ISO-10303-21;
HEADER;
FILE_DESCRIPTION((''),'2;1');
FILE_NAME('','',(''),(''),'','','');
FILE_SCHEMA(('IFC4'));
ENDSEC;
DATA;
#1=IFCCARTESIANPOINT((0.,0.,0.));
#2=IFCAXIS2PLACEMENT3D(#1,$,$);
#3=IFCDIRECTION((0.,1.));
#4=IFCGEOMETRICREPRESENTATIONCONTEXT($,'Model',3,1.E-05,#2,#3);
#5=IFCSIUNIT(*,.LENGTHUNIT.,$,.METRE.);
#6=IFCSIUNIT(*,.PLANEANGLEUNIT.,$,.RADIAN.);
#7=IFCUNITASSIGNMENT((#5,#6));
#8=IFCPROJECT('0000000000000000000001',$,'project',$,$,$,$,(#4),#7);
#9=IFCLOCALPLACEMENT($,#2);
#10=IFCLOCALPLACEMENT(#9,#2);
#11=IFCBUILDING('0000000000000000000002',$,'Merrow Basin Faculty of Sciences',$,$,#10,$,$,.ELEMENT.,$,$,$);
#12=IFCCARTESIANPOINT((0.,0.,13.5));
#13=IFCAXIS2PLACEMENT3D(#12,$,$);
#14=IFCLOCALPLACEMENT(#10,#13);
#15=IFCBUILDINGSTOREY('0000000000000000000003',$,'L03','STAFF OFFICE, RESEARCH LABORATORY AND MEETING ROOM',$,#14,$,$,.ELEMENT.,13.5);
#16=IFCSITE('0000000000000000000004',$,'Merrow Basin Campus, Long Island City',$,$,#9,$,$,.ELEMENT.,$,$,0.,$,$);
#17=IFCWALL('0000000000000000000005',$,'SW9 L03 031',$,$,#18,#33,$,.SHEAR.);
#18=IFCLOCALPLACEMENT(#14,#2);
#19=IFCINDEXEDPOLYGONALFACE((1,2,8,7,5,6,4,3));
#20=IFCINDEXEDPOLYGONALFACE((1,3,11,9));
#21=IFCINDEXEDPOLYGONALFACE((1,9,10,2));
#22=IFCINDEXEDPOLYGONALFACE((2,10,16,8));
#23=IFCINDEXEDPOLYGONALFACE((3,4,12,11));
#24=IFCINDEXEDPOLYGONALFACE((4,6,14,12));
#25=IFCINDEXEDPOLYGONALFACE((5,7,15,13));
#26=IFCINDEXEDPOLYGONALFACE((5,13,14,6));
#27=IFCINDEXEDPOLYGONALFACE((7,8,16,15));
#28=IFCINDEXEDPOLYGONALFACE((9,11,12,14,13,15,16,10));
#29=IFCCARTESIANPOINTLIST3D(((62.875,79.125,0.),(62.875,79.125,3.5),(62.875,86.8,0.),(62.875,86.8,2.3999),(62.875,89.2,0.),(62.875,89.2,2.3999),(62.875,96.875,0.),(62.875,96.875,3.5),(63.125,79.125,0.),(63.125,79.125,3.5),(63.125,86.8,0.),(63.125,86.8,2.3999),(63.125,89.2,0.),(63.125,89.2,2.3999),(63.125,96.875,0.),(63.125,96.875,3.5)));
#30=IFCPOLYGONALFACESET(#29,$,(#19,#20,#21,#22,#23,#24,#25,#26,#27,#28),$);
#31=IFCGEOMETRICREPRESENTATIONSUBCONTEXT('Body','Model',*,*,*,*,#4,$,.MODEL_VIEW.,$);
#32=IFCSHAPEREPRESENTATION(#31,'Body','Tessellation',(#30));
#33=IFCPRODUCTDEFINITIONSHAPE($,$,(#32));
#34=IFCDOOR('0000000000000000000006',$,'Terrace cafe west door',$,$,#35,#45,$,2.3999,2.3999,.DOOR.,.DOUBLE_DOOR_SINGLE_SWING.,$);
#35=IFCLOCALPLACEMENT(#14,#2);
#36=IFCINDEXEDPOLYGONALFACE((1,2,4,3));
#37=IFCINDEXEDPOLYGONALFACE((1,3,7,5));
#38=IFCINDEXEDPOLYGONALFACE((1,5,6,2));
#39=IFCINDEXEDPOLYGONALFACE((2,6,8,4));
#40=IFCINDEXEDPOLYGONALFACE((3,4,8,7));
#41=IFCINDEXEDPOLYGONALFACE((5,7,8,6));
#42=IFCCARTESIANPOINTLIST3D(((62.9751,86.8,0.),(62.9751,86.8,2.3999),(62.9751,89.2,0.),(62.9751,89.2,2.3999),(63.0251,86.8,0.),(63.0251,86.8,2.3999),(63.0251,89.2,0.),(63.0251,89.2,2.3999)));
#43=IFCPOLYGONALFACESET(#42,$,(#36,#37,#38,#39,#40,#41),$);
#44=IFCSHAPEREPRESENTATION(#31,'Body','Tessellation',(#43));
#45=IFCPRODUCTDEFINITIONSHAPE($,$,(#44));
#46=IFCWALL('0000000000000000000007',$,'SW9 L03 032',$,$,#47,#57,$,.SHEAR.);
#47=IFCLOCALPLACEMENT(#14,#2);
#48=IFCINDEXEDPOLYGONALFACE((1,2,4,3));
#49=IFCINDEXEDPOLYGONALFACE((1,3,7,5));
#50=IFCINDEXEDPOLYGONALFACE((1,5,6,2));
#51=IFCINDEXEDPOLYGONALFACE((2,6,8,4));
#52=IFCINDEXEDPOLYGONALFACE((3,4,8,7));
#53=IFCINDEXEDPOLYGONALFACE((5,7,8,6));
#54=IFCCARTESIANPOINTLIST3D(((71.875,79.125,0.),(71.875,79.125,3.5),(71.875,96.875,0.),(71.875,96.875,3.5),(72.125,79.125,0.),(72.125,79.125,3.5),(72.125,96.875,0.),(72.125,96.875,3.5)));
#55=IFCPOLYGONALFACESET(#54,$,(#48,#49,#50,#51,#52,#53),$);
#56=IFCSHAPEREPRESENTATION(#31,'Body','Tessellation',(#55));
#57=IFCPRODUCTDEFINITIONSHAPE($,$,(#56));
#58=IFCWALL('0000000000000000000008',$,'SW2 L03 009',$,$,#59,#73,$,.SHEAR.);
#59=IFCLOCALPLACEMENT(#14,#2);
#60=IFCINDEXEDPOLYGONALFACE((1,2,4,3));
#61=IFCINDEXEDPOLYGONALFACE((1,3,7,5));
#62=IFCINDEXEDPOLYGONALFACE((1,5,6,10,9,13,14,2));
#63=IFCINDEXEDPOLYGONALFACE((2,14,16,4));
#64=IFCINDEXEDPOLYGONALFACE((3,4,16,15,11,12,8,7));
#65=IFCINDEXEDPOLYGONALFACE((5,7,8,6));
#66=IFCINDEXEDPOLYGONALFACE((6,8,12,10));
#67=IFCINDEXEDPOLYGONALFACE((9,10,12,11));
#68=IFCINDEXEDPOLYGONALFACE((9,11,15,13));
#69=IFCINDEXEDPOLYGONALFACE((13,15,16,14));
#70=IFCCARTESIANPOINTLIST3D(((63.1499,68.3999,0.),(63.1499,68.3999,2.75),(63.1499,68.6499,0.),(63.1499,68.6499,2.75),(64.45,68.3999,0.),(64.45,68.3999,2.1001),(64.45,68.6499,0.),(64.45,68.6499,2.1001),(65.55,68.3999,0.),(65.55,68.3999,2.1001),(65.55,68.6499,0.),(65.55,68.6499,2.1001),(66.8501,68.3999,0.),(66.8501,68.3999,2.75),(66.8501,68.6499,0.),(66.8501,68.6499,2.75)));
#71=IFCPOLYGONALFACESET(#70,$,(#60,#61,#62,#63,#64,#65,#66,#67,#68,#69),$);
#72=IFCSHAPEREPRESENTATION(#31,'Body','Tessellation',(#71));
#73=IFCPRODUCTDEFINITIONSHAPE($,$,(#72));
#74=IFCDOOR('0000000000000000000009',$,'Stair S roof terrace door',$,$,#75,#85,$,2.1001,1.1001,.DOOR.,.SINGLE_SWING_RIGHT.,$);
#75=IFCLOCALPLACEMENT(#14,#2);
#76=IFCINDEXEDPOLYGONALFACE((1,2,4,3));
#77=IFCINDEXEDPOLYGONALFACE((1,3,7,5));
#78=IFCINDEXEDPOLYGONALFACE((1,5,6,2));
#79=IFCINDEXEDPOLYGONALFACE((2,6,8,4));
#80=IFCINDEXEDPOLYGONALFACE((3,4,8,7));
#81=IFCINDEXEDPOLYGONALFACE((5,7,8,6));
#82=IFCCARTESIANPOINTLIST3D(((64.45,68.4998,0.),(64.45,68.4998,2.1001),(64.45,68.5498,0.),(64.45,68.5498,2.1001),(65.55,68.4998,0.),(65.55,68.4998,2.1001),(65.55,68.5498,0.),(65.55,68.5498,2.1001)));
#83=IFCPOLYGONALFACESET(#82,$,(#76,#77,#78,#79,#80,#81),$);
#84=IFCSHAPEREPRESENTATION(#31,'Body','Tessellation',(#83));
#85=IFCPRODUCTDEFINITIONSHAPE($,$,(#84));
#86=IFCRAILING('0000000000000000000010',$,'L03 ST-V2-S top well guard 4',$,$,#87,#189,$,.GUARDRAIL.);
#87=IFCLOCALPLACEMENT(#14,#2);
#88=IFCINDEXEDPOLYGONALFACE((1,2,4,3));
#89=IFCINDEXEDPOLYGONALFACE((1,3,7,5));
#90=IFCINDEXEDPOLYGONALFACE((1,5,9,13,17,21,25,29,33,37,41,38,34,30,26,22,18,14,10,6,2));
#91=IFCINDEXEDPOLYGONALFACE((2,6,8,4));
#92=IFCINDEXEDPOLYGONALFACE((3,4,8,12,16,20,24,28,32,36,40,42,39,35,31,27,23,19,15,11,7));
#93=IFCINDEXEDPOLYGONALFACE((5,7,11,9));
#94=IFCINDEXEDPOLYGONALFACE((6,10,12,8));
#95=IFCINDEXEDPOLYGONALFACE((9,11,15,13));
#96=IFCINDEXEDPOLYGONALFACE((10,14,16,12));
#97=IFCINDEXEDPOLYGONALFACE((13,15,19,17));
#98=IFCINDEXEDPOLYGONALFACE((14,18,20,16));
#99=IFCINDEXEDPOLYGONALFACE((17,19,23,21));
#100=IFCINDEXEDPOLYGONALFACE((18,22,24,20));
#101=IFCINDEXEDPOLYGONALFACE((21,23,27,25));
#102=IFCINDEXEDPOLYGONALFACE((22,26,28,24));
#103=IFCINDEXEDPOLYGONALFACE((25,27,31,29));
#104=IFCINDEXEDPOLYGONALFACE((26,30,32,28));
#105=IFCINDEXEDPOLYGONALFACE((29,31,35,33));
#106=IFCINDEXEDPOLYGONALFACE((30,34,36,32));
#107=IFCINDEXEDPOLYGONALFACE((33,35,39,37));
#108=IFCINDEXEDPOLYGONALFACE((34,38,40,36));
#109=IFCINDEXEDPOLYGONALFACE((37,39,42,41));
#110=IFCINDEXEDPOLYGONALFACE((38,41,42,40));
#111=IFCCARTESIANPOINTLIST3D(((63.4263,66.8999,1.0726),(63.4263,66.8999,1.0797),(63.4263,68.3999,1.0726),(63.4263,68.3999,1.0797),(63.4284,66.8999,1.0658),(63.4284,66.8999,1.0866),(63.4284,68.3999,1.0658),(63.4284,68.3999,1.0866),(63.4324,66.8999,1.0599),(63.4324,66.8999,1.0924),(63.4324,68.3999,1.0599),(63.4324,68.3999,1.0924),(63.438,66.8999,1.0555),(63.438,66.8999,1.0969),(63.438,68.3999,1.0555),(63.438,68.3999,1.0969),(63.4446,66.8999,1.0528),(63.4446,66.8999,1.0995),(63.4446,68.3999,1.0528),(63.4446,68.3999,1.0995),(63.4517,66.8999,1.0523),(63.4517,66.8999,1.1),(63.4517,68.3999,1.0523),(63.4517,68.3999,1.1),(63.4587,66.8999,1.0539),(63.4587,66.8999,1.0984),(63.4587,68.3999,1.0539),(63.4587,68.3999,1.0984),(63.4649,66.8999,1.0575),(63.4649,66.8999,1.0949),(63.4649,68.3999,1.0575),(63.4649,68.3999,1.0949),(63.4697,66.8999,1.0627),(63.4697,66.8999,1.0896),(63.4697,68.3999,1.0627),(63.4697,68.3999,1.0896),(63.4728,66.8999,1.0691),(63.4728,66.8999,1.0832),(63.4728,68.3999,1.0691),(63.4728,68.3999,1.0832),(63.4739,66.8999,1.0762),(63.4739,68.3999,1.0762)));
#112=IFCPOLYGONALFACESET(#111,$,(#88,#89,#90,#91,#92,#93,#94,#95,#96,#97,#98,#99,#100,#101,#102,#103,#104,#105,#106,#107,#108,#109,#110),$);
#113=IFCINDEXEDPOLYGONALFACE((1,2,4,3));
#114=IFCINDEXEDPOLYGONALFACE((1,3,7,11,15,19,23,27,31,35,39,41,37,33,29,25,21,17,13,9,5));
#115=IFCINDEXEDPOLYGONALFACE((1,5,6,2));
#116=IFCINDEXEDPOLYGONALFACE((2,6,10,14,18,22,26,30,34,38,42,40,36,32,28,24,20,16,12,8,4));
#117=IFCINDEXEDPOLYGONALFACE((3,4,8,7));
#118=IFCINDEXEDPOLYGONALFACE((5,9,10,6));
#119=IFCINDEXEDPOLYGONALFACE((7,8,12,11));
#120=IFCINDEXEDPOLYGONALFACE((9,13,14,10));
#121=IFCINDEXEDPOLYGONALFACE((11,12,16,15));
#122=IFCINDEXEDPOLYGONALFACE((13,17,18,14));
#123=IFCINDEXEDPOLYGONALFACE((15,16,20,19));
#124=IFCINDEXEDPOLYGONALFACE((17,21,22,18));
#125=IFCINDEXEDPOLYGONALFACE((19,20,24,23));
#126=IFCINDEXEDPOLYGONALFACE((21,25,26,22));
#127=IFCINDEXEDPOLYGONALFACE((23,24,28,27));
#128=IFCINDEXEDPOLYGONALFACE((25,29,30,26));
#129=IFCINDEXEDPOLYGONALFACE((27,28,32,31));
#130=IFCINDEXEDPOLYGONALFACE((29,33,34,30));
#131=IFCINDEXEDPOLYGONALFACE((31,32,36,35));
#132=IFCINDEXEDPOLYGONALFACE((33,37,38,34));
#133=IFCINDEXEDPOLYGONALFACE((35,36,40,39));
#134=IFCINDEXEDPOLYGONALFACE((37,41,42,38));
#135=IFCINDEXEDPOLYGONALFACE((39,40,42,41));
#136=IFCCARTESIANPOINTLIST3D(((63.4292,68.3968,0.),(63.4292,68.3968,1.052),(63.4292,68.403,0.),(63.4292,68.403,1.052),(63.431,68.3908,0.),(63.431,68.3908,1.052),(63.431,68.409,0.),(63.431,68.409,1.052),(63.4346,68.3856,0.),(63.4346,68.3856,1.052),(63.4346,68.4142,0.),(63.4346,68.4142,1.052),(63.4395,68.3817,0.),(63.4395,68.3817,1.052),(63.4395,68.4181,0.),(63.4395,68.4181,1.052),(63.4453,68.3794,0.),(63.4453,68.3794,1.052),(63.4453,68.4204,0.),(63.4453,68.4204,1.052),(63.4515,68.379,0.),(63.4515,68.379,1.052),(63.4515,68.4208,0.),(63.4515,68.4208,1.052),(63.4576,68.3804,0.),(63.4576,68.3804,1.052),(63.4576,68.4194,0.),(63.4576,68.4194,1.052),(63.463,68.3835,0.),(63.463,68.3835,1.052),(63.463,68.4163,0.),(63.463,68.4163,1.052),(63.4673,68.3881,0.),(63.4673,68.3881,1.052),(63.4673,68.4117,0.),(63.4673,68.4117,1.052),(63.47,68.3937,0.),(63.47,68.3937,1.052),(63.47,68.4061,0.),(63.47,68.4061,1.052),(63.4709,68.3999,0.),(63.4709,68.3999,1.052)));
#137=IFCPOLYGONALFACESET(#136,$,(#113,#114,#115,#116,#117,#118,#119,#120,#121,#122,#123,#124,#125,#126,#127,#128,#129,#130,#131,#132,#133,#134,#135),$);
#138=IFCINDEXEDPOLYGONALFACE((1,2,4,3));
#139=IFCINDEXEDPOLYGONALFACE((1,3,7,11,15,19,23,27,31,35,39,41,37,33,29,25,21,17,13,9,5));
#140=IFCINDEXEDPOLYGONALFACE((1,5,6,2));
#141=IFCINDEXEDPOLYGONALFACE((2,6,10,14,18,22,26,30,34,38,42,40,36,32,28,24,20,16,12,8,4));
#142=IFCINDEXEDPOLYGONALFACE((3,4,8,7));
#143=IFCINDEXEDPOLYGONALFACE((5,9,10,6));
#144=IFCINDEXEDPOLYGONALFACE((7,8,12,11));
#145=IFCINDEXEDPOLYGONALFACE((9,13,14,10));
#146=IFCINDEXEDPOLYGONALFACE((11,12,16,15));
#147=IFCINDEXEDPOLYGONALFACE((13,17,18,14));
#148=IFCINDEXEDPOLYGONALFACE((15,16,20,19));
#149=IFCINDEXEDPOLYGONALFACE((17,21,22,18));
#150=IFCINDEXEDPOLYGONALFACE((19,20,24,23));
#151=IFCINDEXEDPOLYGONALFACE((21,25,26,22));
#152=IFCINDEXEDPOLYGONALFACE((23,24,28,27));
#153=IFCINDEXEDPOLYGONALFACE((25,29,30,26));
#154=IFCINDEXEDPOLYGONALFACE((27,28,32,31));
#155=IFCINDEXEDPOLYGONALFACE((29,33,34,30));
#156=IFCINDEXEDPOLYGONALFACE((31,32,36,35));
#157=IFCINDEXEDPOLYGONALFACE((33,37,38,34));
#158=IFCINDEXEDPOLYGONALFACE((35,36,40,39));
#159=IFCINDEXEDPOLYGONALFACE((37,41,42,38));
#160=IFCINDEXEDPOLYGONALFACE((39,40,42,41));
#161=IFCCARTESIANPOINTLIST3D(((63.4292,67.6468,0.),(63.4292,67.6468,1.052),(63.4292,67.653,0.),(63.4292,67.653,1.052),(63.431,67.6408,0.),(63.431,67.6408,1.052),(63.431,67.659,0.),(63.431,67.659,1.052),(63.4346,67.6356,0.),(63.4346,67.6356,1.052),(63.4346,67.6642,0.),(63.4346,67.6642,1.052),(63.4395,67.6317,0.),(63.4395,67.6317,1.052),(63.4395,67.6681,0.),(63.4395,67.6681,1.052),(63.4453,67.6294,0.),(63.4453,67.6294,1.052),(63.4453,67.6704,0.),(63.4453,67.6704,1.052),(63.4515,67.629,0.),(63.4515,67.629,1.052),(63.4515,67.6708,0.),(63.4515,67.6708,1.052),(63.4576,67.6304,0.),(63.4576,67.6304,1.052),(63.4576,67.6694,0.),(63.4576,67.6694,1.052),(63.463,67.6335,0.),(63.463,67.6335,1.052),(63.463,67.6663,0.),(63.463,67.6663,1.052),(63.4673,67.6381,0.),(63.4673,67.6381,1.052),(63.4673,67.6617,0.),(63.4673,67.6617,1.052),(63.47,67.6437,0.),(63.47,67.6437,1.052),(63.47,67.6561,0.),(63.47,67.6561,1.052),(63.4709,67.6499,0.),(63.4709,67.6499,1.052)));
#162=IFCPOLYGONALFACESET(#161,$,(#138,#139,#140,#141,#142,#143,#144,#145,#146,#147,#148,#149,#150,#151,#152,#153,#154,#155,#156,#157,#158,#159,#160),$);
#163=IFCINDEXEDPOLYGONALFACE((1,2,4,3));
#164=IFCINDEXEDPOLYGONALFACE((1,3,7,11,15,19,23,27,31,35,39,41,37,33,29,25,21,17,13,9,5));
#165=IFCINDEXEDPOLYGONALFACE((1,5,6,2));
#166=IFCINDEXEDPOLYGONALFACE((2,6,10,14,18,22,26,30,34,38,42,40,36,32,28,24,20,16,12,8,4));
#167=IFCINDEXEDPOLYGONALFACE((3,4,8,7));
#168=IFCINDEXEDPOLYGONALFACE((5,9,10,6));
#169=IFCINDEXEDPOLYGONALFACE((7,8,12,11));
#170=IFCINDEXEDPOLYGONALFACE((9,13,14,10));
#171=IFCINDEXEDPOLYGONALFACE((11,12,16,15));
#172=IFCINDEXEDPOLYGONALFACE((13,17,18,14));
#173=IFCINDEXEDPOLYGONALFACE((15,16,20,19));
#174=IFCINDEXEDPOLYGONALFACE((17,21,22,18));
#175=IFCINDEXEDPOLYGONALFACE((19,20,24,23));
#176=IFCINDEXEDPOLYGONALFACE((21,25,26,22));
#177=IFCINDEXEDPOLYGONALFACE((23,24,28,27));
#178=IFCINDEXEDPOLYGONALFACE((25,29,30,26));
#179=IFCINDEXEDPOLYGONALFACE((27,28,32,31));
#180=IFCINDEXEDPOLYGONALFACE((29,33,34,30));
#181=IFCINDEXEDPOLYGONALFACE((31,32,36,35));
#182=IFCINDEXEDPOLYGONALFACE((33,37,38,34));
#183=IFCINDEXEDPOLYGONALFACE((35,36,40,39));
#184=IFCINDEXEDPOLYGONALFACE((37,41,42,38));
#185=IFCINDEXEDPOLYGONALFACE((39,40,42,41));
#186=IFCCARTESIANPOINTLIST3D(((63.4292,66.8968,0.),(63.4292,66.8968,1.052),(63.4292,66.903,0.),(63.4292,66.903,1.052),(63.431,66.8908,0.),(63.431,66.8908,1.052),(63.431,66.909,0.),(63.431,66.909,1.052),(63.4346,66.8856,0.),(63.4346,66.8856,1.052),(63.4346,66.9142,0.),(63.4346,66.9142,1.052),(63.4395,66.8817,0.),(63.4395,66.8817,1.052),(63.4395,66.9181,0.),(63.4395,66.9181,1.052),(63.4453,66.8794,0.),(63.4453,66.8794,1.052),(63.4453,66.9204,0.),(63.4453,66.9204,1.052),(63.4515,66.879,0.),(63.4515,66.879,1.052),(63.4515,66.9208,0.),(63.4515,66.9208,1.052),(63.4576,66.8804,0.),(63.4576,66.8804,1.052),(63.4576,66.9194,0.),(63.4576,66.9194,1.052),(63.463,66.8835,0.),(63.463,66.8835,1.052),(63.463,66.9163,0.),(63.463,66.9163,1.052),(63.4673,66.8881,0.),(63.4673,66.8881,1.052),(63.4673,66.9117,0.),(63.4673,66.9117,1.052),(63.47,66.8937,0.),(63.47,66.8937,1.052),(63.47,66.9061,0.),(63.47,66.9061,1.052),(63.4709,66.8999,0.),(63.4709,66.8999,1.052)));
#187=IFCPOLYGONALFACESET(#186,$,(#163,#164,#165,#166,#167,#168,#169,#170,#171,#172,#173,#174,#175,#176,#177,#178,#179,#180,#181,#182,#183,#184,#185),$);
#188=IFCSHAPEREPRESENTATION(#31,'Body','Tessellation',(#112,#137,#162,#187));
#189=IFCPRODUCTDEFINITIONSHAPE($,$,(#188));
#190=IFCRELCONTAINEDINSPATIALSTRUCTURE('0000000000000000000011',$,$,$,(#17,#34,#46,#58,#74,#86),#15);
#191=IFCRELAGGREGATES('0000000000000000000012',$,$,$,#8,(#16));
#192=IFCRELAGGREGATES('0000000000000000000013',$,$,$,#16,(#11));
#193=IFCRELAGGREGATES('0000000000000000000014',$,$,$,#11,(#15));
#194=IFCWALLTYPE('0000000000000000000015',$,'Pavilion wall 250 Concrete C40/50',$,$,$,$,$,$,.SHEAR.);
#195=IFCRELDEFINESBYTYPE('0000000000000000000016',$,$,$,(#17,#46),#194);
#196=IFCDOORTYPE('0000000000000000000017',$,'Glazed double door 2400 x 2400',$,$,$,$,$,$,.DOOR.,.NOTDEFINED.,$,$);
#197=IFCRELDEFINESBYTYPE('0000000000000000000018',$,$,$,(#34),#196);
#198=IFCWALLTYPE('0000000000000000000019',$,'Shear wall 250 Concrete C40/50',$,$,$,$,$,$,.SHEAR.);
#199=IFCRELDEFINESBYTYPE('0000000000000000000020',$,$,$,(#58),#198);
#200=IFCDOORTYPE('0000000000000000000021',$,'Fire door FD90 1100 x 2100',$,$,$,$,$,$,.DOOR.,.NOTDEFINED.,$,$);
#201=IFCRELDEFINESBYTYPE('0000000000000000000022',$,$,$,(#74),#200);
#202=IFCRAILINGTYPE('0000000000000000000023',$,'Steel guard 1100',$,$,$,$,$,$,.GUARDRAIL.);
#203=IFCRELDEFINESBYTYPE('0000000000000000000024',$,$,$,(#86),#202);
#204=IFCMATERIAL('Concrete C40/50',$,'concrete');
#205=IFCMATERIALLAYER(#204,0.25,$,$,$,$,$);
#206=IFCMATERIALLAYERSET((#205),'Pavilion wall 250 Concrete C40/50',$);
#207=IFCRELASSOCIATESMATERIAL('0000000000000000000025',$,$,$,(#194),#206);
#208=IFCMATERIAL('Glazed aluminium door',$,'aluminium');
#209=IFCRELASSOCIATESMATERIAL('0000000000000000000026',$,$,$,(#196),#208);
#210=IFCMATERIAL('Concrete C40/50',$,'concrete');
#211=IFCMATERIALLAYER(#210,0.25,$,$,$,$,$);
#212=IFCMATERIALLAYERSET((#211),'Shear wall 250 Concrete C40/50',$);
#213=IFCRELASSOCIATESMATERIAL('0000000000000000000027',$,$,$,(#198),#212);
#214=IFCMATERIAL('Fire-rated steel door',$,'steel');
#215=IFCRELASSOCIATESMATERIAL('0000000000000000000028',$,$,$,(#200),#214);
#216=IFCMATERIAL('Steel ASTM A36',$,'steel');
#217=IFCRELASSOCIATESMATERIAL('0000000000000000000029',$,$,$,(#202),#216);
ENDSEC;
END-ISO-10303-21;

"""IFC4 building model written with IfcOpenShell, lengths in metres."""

from ifc_helpers import new_model, si_unit, direction, frame, frame_2d, origin, origin_2d, place, context, subcontext, project, spatial, rectangle, circle, extrude, material, layer, layer_set, type_object, element, fill, save


model = new_model("IFC4")

# Units and contexts
model_context = context("Model", 3, precision=1e-05, world=origin(), true_north=direction((0.0, 1.0)))
body_context = subcontext(model_context, "Body", "Model", "MODEL_VIEW")
ifc_project = project(units=[si_unit("LENGTHUNIT", "METRE"), si_unit("PLANEANGLEUNIT", "RADIAN")], contexts=[model_context])

# Site, building, storey
site_placement = place(None, origin())
site = spatial("IfcSite", under=ifc_project, at=site_placement, Name="Merrow Basin Campus, Long Island City", CompositionType="ELEMENT", RefElevation=0.0)
building_placement = place(site_placement, origin())
building = spatial("IfcBuilding", under=site, at=building_placement, Name="Merrow Basin Faculty of Sciences", CompositionType="ELEMENT")
storey_placement = place(building_placement, frame((0.0, 0.0, 13.5)))
storey = spatial("IfcBuildingStorey", under=building, at=storey_placement, Name="L03", Description="STAFF OFFICE, RESEARCH LABORATORY AND MEETING ROOM", CompositionType="ELEMENT", Elevation=13.5)

# Wall, opening, door
ifc_material_1 = material(Name="Concrete C40/50", Category="concrete")
ifc_layer_1 = layer(ifc_material_1, 0.25)
ifc_layer_set_1 = layer_set([ifc_layer_1], Name="Pavilion wall 250 Concrete C40/50")
wall_type_1 = type_object("IfcWallType", Name="Pavilion wall 250 Concrete C40/50", PredefinedType="SHEAR", material=ifc_layer_set_1)
ifc_material_2 = material(Name="Glazed aluminium door", Category="aluminium")
door_type_1 = type_object("IfcDoorType", Name="Glazed double door 2400 x 2400", OperationType="NOTDEFINED", PredefinedType="DOOR", material=ifc_material_2)
wall_1_placement = place(storey_placement, frame((63.0, 79.125, 0.0), z_axis=(0.0, 0.0, 1.0), x_axis=(0.0, 1.0, 0.0)))
wall_1 = element("IfcWall", 1, at=wall_1_placement, inside=storey, type_object=wall_type_1, Name="SW9 L03 031", PredefinedType="SHEAR", context=body_context, shape_type="SweptSolid", body=[
    extrude(rectangle(XDim=17.75, YDim=0.25, at=frame_2d((8.875, 0.0))), origin(), (0.0, 0.0, 1.0), 3.5),
])
opening_1_placement = place(wall_1_placement, frame((7.675, 0.0, 0.0)))
opening_1 = element("IfcOpeningElement", 2, at=opening_1_placement, cuts=wall_1, PredefinedType="OPENING", context=body_context, shape_type="SweptSolid", body=[
    extrude(rectangle(XDim=2.3999, YDim=2.3999, at=frame_2d((1.2, 1.2))), frame((0.0, 0.135, 0.0), z_axis=(0.0, -1.0, 0.0), x_axis=(1.0, 0.0, 0.0)), (0.0, 0.0, 1.0), 0.27),
])
door_1_placement = place(opening_1_placement, origin())
door_1 = element("IfcDoor", 3, at=door_1_placement, inside=storey, type_object=door_type_1, Name="Terrace cafe west door", OperationType="DOUBLE_DOOR_SINGLE_SWING", OverallHeight=2.3999, OverallWidth=2.3999, PredefinedType="DOOR", context=body_context, shape_type="SweptSolid", body=[
    extrude(rectangle(XDim=2.3999, YDim=2.3999, at=frame_2d((1.2, 1.2))), frame((0.0, 0.0249, 0.0), z_axis=(0.0, -1.0, 0.0), x_axis=(1.0, 0.0, 0.0)), (0.0, 0.0, 1.0), 0.05),
])
fill(opening_1, door_1)

# Wall
wall_2_placement = place(storey_placement, frame((72.0, 79.125, 0.0), z_axis=(0.0, 0.0, 1.0), x_axis=(0.0, 1.0, 0.0)))
element("IfcWall", 4, at=wall_2_placement, inside=storey, type_object=wall_type_1, Name="SW9 L03 032", PredefinedType="SHEAR", context=body_context, shape_type="SweptSolid", body=[
    extrude(rectangle(XDim=17.75, YDim=0.25, at=frame_2d((8.875, 0.0))), origin(), (0.0, 0.0, 1.0), 3.5),
])

# Wall, opening, door
ifc_material_3 = material(Name="Concrete C40/50", Category="concrete")
ifc_layer_2 = layer(ifc_material_3, 0.25)
ifc_layer_set_2 = layer_set([ifc_layer_2], Name="Shear wall 250 Concrete C40/50")
wall_type_2 = type_object("IfcWallType", Name="Shear wall 250 Concrete C40/50", PredefinedType="SHEAR", material=ifc_layer_set_2)
wall_3_placement = place(storey_placement, frame((63.1499, 68.5249, 0.0), z_axis=(0.0, 0.0, 1.0), x_axis=(1.0, 0.0, 0.0)))
wall_3 = element("IfcWall", 5, at=wall_3_placement, inside=storey, type_object=wall_type_2, Name="SW2 L03 009", PredefinedType="SHEAR", context=body_context, shape_type="SweptSolid", body=[
    extrude(rectangle(XDim=3.7002, YDim=0.25, at=frame_2d((1.8501, 0.0))), origin(), (0.0, 0.0, 1.0), 2.75),
])
opening_2_placement = place(wall_3_placement, frame((1.3, 0.0, 0.0)))
opening_2 = element("IfcOpeningElement", 6, at=opening_2_placement, cuts=wall_3, PredefinedType="OPENING", context=body_context, shape_type="SweptSolid", body=[
    extrude(rectangle(XDim=1.1001, YDim=2.1001, at=frame_2d((0.55, 1.05))), frame((0.0, 0.135, 0.0), z_axis=(0.0, -1.0, 0.0), x_axis=(1.0, 0.0, 0.0)), (0.0, 0.0, 1.0), 0.27),
])
ifc_material_4 = material(Name="Fire-rated steel door", Category="steel")
door_type_2 = type_object("IfcDoorType", Name="Fire door FD90 1100 x 2100", OperationType="NOTDEFINED", PredefinedType="DOOR", material=ifc_material_4)
door_2_placement = place(opening_2_placement, origin())
door_2 = element("IfcDoor", 7, at=door_2_placement, inside=storey, type_object=door_type_2, Name="Stair S roof terrace door", OperationType="SINGLE_SWING_RIGHT", OverallHeight=2.1001, OverallWidth=1.1001, PredefinedType="DOOR", context=body_context, shape_type="SweptSolid", body=[
    extrude(rectangle(XDim=1.1001, YDim=2.1001, at=frame_2d((0.55, 1.05))), frame((0.0, 0.0249, 0.0), z_axis=(0.0, -1.0, 0.0), x_axis=(1.0, 0.0, 0.0)), (0.0, 0.0, 1.0), 0.05),
])
fill(opening_2, door_2)

# Railing
ifc_material_5 = material(Name="Steel ASTM A36", Category="steel")
railing_type = type_object("IfcRailingType", Name="Steel guard 1100", PredefinedType="GUARDRAIL", material=ifc_material_5)
railing_placement = place(storey_placement, frame((63.45, 68.3999, 0.0)))
element("IfcRailing", 8, at=railing_placement, inside=storey, type_object=railing_type, Name="L03 ST-V2-S top well guard 4", PredefinedType="GUARDRAIL", context=body_context, shape_type="SweptSolid", body=[
    extrude(circle(Radius=0.0239, at=origin_2d()), frame((0.0, 0.0, 1.0762), z_axis=(0.0, -1.0, 0.0), x_axis=(1.0, 0.0, 0.0)), (0.0, 0.0, 1.0), 1.5),
    extrude(circle(Radius=0.021, at=origin_2d()), origin(), (0.0, 0.0, 1.0), 1.052),
    extrude(circle(Radius=0.021, at=origin_2d()), frame((0.0, -0.75, 0.0)), (0.0, 0.0, 1.0), 1.052),
    extrude(circle(Radius=0.021, at=origin_2d()), frame((0.0, -1.5, 0.0)), (0.0, 0.0, 1.0), 1.052),
])

save(model, "model.ifc")
